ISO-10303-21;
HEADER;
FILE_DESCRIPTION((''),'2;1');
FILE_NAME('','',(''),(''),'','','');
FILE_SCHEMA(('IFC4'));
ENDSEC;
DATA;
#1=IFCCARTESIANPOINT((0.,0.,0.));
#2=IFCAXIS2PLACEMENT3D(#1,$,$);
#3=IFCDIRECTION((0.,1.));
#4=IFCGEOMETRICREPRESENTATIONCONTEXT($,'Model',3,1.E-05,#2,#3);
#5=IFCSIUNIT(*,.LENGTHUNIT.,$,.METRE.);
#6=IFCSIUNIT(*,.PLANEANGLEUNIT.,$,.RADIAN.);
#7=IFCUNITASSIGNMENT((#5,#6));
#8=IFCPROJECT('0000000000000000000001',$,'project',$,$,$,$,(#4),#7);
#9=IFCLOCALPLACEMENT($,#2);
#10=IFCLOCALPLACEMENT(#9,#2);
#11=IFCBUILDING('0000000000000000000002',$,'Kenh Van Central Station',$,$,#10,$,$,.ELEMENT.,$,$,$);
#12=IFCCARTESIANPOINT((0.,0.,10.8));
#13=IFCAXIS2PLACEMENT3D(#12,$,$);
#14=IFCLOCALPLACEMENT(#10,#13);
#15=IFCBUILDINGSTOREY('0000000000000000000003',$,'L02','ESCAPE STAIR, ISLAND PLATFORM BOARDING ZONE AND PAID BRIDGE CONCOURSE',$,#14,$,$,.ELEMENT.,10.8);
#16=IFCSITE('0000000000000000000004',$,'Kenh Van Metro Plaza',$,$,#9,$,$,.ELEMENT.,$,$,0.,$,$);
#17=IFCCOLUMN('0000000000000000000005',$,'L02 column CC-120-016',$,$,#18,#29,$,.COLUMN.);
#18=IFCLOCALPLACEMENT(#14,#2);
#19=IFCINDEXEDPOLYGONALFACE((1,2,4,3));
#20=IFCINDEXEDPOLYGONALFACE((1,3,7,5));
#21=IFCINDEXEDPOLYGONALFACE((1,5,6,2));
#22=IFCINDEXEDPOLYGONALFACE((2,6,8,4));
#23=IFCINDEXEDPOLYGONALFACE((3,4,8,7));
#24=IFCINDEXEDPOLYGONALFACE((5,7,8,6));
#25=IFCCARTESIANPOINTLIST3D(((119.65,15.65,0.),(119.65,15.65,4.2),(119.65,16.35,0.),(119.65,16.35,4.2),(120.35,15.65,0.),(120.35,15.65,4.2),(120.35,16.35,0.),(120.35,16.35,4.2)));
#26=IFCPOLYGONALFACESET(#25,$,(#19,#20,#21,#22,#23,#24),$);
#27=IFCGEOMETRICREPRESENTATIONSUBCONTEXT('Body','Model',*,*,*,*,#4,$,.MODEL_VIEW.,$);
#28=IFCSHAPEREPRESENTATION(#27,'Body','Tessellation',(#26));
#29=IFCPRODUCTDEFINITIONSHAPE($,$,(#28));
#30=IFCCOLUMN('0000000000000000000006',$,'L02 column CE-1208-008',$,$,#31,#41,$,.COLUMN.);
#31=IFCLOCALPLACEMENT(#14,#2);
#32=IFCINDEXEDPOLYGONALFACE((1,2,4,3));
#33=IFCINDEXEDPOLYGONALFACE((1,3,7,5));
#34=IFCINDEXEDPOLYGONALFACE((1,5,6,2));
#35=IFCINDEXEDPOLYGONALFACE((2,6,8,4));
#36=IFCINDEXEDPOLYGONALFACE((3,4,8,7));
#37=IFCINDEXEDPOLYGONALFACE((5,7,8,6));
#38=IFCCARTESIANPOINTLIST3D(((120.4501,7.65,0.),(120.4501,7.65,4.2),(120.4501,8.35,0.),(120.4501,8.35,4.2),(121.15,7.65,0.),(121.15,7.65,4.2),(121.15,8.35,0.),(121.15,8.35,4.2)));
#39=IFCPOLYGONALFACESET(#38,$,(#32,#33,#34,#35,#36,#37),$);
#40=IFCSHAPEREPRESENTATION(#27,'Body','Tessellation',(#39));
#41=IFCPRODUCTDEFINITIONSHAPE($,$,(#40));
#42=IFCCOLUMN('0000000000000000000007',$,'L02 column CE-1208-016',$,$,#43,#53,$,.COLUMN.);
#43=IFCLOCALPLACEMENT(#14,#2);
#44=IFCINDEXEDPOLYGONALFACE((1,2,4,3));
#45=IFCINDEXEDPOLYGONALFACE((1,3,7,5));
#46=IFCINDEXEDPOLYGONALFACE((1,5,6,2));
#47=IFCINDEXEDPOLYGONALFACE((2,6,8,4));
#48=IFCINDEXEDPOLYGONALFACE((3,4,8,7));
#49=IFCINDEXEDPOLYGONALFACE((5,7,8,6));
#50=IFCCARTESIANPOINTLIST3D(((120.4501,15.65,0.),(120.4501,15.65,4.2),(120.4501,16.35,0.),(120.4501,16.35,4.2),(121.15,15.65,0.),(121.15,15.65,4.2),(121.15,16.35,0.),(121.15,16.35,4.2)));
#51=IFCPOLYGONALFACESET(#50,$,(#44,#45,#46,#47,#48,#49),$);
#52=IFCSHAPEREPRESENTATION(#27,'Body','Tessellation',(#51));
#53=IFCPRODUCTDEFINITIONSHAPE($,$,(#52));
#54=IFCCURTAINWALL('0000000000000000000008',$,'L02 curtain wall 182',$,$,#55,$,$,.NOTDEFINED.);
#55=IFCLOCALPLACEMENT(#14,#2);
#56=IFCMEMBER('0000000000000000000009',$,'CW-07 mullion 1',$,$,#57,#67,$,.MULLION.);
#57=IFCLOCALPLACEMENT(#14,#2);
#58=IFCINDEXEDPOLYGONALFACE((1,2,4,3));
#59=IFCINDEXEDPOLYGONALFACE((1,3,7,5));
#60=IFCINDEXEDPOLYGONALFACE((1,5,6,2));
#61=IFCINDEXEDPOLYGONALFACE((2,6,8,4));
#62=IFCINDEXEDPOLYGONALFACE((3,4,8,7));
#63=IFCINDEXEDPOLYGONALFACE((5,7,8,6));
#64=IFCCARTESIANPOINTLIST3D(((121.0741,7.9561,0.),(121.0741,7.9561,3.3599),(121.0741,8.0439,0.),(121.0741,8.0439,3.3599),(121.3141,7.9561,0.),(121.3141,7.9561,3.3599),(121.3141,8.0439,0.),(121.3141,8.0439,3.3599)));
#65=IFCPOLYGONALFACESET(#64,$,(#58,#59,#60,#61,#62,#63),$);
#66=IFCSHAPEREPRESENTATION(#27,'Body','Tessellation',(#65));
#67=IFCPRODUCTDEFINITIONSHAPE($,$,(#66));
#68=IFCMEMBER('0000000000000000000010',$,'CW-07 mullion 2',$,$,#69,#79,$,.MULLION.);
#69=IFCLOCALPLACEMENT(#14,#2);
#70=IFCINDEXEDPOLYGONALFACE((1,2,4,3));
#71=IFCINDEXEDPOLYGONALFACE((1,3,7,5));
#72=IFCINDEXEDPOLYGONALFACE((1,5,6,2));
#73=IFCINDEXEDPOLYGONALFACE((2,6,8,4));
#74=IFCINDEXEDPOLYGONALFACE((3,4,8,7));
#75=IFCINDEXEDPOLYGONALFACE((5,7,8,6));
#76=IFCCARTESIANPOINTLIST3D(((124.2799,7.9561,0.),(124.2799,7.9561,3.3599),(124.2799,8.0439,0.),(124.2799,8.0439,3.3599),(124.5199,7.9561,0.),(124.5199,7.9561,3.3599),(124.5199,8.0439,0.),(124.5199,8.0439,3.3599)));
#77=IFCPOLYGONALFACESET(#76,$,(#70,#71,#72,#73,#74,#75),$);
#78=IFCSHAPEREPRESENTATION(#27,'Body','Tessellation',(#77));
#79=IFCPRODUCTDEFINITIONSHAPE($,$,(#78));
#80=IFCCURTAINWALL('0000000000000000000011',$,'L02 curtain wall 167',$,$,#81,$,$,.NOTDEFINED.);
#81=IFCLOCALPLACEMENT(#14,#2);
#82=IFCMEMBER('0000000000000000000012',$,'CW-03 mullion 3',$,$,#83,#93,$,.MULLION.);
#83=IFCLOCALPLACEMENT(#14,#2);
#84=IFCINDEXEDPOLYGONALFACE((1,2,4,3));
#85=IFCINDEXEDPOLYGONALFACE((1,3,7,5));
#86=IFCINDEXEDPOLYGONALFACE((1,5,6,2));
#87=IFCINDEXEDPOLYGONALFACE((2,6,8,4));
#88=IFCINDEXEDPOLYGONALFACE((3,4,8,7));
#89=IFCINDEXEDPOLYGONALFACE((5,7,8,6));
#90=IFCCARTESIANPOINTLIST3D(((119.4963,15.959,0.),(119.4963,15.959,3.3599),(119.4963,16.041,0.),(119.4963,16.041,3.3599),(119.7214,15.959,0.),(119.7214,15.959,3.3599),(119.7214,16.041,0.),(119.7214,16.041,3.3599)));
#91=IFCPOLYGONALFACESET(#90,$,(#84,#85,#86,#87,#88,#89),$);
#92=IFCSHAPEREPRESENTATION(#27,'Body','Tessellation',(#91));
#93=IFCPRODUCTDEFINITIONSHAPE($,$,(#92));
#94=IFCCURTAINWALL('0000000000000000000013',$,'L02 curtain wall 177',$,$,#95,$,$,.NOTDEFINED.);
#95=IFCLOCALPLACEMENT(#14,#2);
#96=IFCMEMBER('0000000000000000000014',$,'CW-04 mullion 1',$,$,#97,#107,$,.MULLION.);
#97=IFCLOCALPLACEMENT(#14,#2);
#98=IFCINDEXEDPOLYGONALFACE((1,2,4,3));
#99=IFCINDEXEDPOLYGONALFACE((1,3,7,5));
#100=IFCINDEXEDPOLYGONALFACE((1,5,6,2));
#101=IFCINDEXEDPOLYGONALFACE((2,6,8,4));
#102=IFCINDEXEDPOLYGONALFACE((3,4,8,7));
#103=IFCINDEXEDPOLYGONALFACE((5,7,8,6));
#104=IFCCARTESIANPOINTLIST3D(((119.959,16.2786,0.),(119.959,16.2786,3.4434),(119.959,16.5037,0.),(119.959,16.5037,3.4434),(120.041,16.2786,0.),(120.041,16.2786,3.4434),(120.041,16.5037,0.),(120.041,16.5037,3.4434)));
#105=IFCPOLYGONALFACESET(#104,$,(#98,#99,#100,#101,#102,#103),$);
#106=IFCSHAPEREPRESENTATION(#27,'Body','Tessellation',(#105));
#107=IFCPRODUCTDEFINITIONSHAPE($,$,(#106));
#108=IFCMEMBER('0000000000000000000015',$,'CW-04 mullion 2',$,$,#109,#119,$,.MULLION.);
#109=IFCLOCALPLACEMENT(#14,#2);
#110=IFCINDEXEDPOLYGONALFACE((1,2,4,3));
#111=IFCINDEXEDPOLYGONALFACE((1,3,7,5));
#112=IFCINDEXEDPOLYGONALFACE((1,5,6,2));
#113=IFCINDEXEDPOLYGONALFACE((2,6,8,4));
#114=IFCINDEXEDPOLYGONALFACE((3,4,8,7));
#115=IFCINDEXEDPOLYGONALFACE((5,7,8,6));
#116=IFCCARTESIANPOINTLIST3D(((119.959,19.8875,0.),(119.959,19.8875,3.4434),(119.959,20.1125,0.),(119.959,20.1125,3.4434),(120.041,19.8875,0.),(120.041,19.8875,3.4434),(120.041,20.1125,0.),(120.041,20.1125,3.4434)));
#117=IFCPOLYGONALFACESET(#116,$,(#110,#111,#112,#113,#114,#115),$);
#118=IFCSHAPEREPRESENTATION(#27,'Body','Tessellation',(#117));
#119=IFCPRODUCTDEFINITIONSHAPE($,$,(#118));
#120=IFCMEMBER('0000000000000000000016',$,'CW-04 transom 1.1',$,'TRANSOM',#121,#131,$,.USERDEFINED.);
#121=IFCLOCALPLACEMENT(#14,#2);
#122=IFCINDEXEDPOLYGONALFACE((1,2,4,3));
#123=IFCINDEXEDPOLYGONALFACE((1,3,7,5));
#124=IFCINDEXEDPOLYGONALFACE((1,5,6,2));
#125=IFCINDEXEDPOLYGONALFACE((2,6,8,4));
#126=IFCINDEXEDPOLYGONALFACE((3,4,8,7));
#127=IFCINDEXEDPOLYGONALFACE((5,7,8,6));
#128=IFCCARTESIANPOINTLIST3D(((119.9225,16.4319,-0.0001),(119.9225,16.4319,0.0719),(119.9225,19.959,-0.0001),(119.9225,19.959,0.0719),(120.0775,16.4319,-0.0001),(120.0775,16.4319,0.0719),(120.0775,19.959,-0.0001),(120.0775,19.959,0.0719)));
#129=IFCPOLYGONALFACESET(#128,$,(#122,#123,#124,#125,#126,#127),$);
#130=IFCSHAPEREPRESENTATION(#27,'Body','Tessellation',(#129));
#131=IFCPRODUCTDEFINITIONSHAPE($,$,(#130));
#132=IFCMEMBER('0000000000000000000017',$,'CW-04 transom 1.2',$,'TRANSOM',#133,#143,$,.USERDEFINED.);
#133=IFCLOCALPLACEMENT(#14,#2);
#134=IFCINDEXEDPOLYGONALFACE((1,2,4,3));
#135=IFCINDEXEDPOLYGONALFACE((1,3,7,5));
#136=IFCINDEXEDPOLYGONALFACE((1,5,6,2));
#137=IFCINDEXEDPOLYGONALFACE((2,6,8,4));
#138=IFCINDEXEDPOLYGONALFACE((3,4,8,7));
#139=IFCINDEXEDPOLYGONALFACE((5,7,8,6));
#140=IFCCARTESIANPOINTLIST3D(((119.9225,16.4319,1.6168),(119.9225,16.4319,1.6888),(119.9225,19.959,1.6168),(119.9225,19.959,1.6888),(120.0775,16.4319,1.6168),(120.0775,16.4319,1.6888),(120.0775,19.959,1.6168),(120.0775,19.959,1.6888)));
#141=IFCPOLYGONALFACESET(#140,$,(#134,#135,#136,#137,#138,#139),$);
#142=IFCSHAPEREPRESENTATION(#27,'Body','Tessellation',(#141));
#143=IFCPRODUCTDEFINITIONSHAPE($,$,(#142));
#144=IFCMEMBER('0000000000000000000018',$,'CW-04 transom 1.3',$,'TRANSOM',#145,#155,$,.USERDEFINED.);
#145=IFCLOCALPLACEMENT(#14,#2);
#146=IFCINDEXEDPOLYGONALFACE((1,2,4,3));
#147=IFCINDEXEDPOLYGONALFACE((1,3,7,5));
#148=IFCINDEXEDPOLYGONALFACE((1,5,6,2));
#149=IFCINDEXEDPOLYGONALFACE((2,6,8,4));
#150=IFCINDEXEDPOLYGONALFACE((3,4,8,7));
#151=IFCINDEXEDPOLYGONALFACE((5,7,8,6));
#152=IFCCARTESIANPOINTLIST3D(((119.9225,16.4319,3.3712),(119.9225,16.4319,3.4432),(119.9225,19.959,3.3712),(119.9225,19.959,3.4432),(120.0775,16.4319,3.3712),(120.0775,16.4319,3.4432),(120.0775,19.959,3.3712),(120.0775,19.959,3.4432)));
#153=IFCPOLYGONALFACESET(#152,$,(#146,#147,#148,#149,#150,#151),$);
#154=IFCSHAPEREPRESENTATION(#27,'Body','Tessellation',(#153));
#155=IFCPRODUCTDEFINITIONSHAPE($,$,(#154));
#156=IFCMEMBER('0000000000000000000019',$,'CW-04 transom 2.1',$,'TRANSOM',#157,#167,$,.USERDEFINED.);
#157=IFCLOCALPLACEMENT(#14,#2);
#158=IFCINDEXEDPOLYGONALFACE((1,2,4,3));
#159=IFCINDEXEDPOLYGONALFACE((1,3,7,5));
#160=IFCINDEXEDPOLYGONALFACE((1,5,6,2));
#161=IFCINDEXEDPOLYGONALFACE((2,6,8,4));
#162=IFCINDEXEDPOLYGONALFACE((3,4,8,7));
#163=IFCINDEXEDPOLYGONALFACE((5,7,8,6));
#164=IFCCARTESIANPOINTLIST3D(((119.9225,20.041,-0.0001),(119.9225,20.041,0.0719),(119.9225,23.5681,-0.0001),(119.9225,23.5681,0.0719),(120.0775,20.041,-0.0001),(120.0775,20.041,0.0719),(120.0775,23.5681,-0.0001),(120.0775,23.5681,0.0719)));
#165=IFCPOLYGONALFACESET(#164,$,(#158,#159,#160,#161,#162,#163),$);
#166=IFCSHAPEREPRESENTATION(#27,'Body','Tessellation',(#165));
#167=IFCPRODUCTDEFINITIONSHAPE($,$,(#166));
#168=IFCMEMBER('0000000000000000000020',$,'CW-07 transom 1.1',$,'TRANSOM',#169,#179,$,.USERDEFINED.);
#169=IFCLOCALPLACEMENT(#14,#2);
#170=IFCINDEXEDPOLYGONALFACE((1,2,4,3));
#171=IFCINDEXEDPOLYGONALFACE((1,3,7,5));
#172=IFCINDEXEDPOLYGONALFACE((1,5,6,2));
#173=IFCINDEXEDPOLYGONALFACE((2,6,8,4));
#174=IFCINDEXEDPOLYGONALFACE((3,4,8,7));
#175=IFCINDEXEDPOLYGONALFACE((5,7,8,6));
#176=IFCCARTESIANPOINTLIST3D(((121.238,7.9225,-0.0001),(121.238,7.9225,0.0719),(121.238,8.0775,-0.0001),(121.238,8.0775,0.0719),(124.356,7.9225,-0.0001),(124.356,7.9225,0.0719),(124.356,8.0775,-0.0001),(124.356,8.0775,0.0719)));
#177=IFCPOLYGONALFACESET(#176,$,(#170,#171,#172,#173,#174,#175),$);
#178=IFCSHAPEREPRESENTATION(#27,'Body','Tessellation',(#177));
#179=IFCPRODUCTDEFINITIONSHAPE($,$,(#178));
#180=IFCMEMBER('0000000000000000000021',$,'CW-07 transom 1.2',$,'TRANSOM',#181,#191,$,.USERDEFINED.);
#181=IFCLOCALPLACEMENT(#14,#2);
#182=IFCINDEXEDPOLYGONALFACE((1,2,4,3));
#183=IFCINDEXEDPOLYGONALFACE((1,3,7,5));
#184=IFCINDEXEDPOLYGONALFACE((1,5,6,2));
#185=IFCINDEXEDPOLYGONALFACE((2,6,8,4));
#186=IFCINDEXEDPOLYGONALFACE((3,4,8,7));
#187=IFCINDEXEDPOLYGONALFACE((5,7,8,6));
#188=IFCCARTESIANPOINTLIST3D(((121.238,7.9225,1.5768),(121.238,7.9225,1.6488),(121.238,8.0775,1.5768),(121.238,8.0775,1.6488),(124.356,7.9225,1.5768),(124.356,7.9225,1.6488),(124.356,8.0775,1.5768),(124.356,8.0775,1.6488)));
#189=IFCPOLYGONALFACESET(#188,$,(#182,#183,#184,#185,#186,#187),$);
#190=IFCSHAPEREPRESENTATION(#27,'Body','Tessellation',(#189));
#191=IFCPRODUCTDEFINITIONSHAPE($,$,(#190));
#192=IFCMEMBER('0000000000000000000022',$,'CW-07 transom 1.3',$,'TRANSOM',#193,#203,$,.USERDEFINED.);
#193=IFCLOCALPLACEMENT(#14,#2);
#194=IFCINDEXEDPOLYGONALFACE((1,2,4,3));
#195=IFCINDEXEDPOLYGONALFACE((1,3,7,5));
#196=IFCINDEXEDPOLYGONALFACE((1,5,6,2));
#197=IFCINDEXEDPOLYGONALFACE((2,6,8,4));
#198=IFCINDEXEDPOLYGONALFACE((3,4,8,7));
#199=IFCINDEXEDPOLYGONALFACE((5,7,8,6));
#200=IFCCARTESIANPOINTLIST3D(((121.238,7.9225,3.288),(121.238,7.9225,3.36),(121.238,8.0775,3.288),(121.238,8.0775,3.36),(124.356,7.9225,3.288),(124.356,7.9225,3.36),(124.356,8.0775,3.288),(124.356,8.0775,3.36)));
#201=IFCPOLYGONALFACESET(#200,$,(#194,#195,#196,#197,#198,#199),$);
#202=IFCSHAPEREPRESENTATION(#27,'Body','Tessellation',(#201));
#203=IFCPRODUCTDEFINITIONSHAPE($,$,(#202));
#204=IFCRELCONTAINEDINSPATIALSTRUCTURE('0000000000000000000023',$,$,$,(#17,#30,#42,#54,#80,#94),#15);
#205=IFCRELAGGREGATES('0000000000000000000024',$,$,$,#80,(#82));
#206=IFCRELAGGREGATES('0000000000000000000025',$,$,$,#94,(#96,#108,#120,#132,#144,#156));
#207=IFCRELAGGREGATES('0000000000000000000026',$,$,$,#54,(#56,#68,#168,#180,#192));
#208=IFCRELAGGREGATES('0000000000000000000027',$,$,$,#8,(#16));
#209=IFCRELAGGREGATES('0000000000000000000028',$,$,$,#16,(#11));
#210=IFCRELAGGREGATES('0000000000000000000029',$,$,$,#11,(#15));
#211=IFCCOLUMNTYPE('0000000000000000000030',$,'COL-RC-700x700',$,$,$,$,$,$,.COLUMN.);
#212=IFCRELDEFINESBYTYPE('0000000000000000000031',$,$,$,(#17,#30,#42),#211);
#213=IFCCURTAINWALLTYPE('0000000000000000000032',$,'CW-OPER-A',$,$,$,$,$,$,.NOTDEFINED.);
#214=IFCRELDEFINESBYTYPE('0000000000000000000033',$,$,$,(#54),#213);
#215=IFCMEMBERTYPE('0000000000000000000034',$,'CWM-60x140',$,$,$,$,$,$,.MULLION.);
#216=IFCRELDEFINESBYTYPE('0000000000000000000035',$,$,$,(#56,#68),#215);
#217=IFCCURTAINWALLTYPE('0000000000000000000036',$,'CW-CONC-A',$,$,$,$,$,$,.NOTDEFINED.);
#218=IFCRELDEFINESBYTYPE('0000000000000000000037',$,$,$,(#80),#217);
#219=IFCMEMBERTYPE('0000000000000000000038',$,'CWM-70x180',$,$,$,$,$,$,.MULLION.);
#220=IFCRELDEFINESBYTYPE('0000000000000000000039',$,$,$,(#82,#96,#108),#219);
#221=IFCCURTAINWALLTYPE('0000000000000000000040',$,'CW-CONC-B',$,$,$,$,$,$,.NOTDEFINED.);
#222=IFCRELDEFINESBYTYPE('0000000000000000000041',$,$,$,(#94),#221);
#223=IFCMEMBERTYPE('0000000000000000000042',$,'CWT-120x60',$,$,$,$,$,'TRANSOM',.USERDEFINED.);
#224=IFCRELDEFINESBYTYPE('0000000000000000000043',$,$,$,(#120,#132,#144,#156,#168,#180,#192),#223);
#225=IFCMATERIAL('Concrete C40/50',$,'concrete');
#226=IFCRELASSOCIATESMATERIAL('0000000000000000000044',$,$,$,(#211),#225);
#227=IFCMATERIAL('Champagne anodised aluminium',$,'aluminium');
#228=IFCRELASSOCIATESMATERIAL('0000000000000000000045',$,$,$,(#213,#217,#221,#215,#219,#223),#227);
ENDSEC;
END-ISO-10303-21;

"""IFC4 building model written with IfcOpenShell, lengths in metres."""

from ifc_helpers import new_model, si_unit, direction, frame, origin, origin_2d, place, context, subcontext, project, spatial, rectangle, extrude, material, material_profile, profile_set, type_object, element, aggregate, save


model = new_model("IFC4")

# Units and contexts
model_context = context("Model", 3, precision=1e-05, world=origin(), true_north=direction((0.0, 1.0)))
body_context = subcontext(model_context, "Body", "Model", "MODEL_VIEW")
ifc_project = project(units=[si_unit("LENGTHUNIT", "METRE"), si_unit("PLANEANGLEUNIT", "RADIAN")], contexts=[model_context])

# Site, building, storey
site_placement = place(None, origin())
site = spatial("IfcSite", under=ifc_project, at=site_placement, Name="Kenh Van Metro Plaza", CompositionType="ELEMENT", RefElevation=0.0)
building_placement = place(site_placement, origin())
building = spatial("IfcBuilding", under=site, at=building_placement, Name="Kenh Van Central Station", CompositionType="ELEMENT")
storey_placement = place(building_placement, frame((0.0, 0.0, 10.8)))
storey = spatial("IfcBuildingStorey", under=building, at=storey_placement, Name="L02", Description="ESCAPE STAIR, ISLAND PLATFORM BOARDING ZONE AND PAID BRIDGE CONCOURSE", CompositionType="ELEMENT", Elevation=10.8)

# Columns
ifc_material_1 = material(Name="Concrete C40/50", Category="concrete")
ifc_material_profile_1 = material_profile(ifc_material_1, rectangle(XDim=0.7, YDim=0.7, at=origin_2d()), Name="RC 700x700")
ifc_profile_set_1 = profile_set([ifc_material_profile_1], Name="Concrete C40/50")
column_type = type_object("IfcColumnType", Name="COL-RC-700x700", PredefinedType="COLUMN", material=ifc_profile_set_1)
for number, where, z_axis, x_axis, name in (
    (1, (120.0, 16.0, 0.0), (0.0, 0.0, 1.0), (1.0, 0.0, 0.0), "L02 column CC-120-016"),
    (2, (120.8, 8.0, 0.0), (0.0, 0.0, 1.0), (1.0, 0.0, 0.0), "L02 column CE-1208-008"),
    (3, (120.8, 16.0, 0.0), (0.0, 0.0, 1.0), (1.0, 0.0, 0.0), "L02 column CE-1208-016"),
):
    element("IfcColumn", number, at=place(storey_placement, frame(where, z_axis=z_axis, x_axis=x_axis)), inside=storey, type_object=column_type, Name=name, PredefinedType="COLUMN", context=body_context, shape_type="SweptSolid", body=[
        extrude(rectangle(XDim=0.7, YDim=0.7, at=origin_2d()), origin(), (0.0, 0.0, 1.0), 4.2),
    ])

# Curtain wall, members
ifc_material_2 = material(Name="Champagne anodised aluminium", Category="aluminium")
curtain_wall_type_1 = type_object("IfcCurtainWallType", Name="CW-OPER-A", PredefinedType="NOTDEFINED", material=ifc_material_2)
curtain_wall_1_placement = place(storey_placement, origin())
curtain_wall_1 = element("IfcCurtainWall", 4, at=curtain_wall_1_placement, inside=storey, type_object=curtain_wall_type_1, Name="L02 curtain wall 182", PredefinedType="NOTDEFINED")
ifc_material_profile_2 = material_profile(ifc_material_2, rectangle(XDim=0.0879, YDim=0.24, at=origin_2d()), Name="AL 88x240")
ifc_profile_set_2 = profile_set([ifc_material_profile_2], Name="Champagne anodised aluminium")
member_type_1 = type_object("IfcMemberType", Name="CWM-60x140", PredefinedType="MULLION", material=ifc_profile_set_2)
member_1_placement = place(storey_placement, frame((121.1941, 8.0, 0.0), z_axis=(0.0, 0.0, 1.0), x_axis=(0.0, 1.0, 0.0)))
member_1 = element("IfcMember", 5, at=member_1_placement, type_object=member_type_1, Name="CW-07 mullion 1", PredefinedType="MULLION", context=body_context, shape_type="SweptSolid", body=[
    extrude(rectangle(XDim=0.0879, YDim=0.24, at=origin_2d()), origin(), (0.0, 0.0, 1.0), 3.3599),
])
member_2_placement = place(storey_placement, frame((124.3999, 8.0, 0.0), z_axis=(0.0, 0.0, 1.0), x_axis=(0.0, 1.0, 0.0)))
member_2 = element("IfcMember", 6, at=member_2_placement, type_object=member_type_1, Name="CW-07 mullion 2", PredefinedType="MULLION", context=body_context, shape_type="SweptSolid", body=[
    extrude(rectangle(XDim=0.0879, YDim=0.24, at=origin_2d()), origin(), (0.0, 0.0, 1.0), 3.3599),
])

# Curtain wall, member
curtain_wall_type_2 = type_object("IfcCurtainWallType", Name="CW-CONC-A", PredefinedType="NOTDEFINED", material=ifc_material_2)
curtain_wall_2_placement = place(storey_placement, origin())
curtain_wall_2 = element("IfcCurtainWall", 7, at=curtain_wall_2_placement, inside=storey, type_object=curtain_wall_type_2, Name="L02 curtain wall 167", PredefinedType="NOTDEFINED")
ifc_material_profile_3 = material_profile(ifc_material_2, rectangle(XDim=0.082, YDim=0.2251, at=origin_2d()), Name="AL 82x225")
ifc_profile_set_3 = profile_set([ifc_material_profile_3], Name="Champagne anodised aluminium")
member_type_2 = type_object("IfcMemberType", Name="CWM-70x180", PredefinedType="MULLION", material=ifc_profile_set_3)
member_3_placement = place(storey_placement, frame((119.6089, 16.0, 0.0), z_axis=(0.0, 0.0, 1.0), x_axis=(0.0, 1.0, 0.0)))
member_3 = element("IfcMember", 8, at=member_3_placement, type_object=member_type_2, Name="CW-03 mullion 3", PredefinedType="MULLION", context=body_context, shape_type="SweptSolid", body=[
    extrude(rectangle(XDim=0.082, YDim=0.2251, at=origin_2d()), origin(), (0.0, 0.0, 1.0), 3.3599),
])
aggregate(curtain_wall_2, [member_3])

# Curtain wall, members
curtain_wall_type_3 = type_object("IfcCurtainWallType", Name="CW-CONC-B", PredefinedType="NOTDEFINED", material=ifc_material_2)
curtain_wall_3_placement = place(storey_placement, origin())
curtain_wall_3 = element("IfcCurtainWall", 9, at=curtain_wall_3_placement, inside=storey, type_object=curtain_wall_type_3, Name="L02 curtain wall 177", PredefinedType="NOTDEFINED")
member_4_placement = place(storey_placement, frame((120.0, 16.3911, 0.0), z_axis=(0.0, 0.0, 1.0), x_axis=(-1.0, 0.0, 0.0)))
member_4 = element("IfcMember", 10, at=member_4_placement, type_object=member_type_2, Name="CW-04 mullion 1", PredefinedType="MULLION", context=body_context, shape_type="SweptSolid", body=[
    extrude(rectangle(XDim=0.082, YDim=0.2251, at=origin_2d()), origin(), (0.0, 0.0, 1.0), 3.4434),
])
member_5_placement = place(storey_placement, frame((120.0, 20.0, 0.0), z_axis=(0.0, 0.0, 1.0), x_axis=(-1.0, 0.0, 0.0)))
member_5 = element("IfcMember", 11, at=member_5_placement, type_object=member_type_2, Name="CW-04 mullion 2", PredefinedType="MULLION", context=body_context, shape_type="SweptSolid", body=[
    extrude(rectangle(XDim=0.082, YDim=0.2251, at=origin_2d()), origin(), (0.0, 0.0, 1.0), 3.4434),
])
ifc_material_profile_4 = material_profile(ifc_material_2, rectangle(XDim=0.155, YDim=0.072, at=origin_2d()), Name="AL 155x72")
ifc_profile_set_4 = profile_set([ifc_material_profile_4], Name="Champagne anodised aluminium")
member_type_3 = type_object("IfcMemberType", Name="CWT-120x60", ElementType="TRANSOM", PredefinedType="USERDEFINED", material=ifc_profile_set_4)
member_6_placement = place(storey_placement, frame((120.0, 16.4319, 0.0359), z_axis=(0.0, 1.0, 0.0), x_axis=(-1.0, 0.0, 0.0)))
member_6 = element("IfcMember", 12, at=member_6_placement, type_object=member_type_3, Name="CW-04 transom 1.1", ObjectType="TRANSOM", PredefinedType="USERDEFINED", context=body_context, shape_type="SweptSolid", body=[
    extrude(rectangle(XDim=0.155, YDim=0.072, at=origin_2d()), origin(), (0.0, 0.0, 1.0), 3.5271),
])
member_7_placement = place(storey_placement, frame((120.0, 16.4319, 1.6528), z_axis=(0.0, 1.0, 0.0), x_axis=(-1.0, 0.0, 0.0)))
member_7 = element("IfcMember", 13, at=member_7_placement, type_object=member_type_3, Name="CW-04 transom 1.2", ObjectType="TRANSOM", PredefinedType="USERDEFINED", context=body_context, shape_type="SweptSolid", body=[
    extrude(rectangle(XDim=0.155, YDim=0.072, at=origin_2d()), origin(), (0.0, 0.0, 1.0), 3.5271),
])
member_8_placement = place(storey_placement, frame((120.0, 16.4319, 3.4072), z_axis=(0.0, 1.0, 0.0), x_axis=(-1.0, 0.0, 0.0)))
member_8 = element("IfcMember", 14, at=member_8_placement, type_object=member_type_3, Name="CW-04 transom 1.3", ObjectType="TRANSOM", PredefinedType="USERDEFINED", context=body_context, shape_type="SweptSolid", body=[
    extrude(rectangle(XDim=0.155, YDim=0.072, at=origin_2d()), origin(), (0.0, 0.0, 1.0), 3.5271),
])
member_9_placement = place(storey_placement, frame((120.0, 20.041, 0.0359), z_axis=(0.0, 1.0, 0.0), x_axis=(-1.0, 0.0, 0.0)))
member_9 = element("IfcMember", 15, at=member_9_placement, type_object=member_type_3, Name="CW-04 transom 2.1", ObjectType="TRANSOM", PredefinedType="USERDEFINED", context=body_context, shape_type="SweptSolid", body=[
    extrude(rectangle(XDim=0.155, YDim=0.072, at=origin_2d()), origin(), (0.0, 0.0, 1.0), 3.5271),
])

# Members
member_10_placement = place(storey_placement, frame((121.238, 8.0, 0.0359), z_axis=(1.0, 0.0, 0.0), x_axis=(0.0, 1.0, 0.0)))
member_10 = element("IfcMember", 16, at=member_10_placement, type_object=member_type_3, Name="CW-07 transom 1.1", ObjectType="TRANSOM", PredefinedType="USERDEFINED", context=body_context, shape_type="SweptSolid", body=[
    extrude(rectangle(XDim=0.155, YDim=0.072, at=origin_2d()), origin(), (0.0, 0.0, 1.0), 3.1179),
])
member_11_placement = place(storey_placement, frame((121.238, 8.0, 1.6128), z_axis=(1.0, 0.0, 0.0), x_axis=(0.0, 1.0, 0.0)))
member_11 = element("IfcMember", 17, at=member_11_placement, type_object=member_type_3, Name="CW-07 transom 1.2", ObjectType="TRANSOM", PredefinedType="USERDEFINED", context=body_context, shape_type="SweptSolid", body=[
    extrude(rectangle(XDim=0.155, YDim=0.072, at=origin_2d()), origin(), (0.0, 0.0, 1.0), 3.1179),
])
member_12_placement = place(storey_placement, frame((121.238, 8.0, 3.324), z_axis=(1.0, 0.0, 0.0), x_axis=(0.0, 1.0, 0.0)))
member_12 = element("IfcMember", 18, at=member_12_placement, type_object=member_type_3, Name="CW-07 transom 1.3", ObjectType="TRANSOM", PredefinedType="USERDEFINED", context=body_context, shape_type="SweptSolid", body=[
    extrude(rectangle(XDim=0.155, YDim=0.072, at=origin_2d()), origin(), (0.0, 0.0, 1.0), 3.1179),
])

aggregate(curtain_wall_3, [member_4, member_5, member_6, member_7, member_8, member_9])
aggregate(curtain_wall_1, [member_1, member_2, member_10, member_11, member_12])

save(model, "model.ifc")
